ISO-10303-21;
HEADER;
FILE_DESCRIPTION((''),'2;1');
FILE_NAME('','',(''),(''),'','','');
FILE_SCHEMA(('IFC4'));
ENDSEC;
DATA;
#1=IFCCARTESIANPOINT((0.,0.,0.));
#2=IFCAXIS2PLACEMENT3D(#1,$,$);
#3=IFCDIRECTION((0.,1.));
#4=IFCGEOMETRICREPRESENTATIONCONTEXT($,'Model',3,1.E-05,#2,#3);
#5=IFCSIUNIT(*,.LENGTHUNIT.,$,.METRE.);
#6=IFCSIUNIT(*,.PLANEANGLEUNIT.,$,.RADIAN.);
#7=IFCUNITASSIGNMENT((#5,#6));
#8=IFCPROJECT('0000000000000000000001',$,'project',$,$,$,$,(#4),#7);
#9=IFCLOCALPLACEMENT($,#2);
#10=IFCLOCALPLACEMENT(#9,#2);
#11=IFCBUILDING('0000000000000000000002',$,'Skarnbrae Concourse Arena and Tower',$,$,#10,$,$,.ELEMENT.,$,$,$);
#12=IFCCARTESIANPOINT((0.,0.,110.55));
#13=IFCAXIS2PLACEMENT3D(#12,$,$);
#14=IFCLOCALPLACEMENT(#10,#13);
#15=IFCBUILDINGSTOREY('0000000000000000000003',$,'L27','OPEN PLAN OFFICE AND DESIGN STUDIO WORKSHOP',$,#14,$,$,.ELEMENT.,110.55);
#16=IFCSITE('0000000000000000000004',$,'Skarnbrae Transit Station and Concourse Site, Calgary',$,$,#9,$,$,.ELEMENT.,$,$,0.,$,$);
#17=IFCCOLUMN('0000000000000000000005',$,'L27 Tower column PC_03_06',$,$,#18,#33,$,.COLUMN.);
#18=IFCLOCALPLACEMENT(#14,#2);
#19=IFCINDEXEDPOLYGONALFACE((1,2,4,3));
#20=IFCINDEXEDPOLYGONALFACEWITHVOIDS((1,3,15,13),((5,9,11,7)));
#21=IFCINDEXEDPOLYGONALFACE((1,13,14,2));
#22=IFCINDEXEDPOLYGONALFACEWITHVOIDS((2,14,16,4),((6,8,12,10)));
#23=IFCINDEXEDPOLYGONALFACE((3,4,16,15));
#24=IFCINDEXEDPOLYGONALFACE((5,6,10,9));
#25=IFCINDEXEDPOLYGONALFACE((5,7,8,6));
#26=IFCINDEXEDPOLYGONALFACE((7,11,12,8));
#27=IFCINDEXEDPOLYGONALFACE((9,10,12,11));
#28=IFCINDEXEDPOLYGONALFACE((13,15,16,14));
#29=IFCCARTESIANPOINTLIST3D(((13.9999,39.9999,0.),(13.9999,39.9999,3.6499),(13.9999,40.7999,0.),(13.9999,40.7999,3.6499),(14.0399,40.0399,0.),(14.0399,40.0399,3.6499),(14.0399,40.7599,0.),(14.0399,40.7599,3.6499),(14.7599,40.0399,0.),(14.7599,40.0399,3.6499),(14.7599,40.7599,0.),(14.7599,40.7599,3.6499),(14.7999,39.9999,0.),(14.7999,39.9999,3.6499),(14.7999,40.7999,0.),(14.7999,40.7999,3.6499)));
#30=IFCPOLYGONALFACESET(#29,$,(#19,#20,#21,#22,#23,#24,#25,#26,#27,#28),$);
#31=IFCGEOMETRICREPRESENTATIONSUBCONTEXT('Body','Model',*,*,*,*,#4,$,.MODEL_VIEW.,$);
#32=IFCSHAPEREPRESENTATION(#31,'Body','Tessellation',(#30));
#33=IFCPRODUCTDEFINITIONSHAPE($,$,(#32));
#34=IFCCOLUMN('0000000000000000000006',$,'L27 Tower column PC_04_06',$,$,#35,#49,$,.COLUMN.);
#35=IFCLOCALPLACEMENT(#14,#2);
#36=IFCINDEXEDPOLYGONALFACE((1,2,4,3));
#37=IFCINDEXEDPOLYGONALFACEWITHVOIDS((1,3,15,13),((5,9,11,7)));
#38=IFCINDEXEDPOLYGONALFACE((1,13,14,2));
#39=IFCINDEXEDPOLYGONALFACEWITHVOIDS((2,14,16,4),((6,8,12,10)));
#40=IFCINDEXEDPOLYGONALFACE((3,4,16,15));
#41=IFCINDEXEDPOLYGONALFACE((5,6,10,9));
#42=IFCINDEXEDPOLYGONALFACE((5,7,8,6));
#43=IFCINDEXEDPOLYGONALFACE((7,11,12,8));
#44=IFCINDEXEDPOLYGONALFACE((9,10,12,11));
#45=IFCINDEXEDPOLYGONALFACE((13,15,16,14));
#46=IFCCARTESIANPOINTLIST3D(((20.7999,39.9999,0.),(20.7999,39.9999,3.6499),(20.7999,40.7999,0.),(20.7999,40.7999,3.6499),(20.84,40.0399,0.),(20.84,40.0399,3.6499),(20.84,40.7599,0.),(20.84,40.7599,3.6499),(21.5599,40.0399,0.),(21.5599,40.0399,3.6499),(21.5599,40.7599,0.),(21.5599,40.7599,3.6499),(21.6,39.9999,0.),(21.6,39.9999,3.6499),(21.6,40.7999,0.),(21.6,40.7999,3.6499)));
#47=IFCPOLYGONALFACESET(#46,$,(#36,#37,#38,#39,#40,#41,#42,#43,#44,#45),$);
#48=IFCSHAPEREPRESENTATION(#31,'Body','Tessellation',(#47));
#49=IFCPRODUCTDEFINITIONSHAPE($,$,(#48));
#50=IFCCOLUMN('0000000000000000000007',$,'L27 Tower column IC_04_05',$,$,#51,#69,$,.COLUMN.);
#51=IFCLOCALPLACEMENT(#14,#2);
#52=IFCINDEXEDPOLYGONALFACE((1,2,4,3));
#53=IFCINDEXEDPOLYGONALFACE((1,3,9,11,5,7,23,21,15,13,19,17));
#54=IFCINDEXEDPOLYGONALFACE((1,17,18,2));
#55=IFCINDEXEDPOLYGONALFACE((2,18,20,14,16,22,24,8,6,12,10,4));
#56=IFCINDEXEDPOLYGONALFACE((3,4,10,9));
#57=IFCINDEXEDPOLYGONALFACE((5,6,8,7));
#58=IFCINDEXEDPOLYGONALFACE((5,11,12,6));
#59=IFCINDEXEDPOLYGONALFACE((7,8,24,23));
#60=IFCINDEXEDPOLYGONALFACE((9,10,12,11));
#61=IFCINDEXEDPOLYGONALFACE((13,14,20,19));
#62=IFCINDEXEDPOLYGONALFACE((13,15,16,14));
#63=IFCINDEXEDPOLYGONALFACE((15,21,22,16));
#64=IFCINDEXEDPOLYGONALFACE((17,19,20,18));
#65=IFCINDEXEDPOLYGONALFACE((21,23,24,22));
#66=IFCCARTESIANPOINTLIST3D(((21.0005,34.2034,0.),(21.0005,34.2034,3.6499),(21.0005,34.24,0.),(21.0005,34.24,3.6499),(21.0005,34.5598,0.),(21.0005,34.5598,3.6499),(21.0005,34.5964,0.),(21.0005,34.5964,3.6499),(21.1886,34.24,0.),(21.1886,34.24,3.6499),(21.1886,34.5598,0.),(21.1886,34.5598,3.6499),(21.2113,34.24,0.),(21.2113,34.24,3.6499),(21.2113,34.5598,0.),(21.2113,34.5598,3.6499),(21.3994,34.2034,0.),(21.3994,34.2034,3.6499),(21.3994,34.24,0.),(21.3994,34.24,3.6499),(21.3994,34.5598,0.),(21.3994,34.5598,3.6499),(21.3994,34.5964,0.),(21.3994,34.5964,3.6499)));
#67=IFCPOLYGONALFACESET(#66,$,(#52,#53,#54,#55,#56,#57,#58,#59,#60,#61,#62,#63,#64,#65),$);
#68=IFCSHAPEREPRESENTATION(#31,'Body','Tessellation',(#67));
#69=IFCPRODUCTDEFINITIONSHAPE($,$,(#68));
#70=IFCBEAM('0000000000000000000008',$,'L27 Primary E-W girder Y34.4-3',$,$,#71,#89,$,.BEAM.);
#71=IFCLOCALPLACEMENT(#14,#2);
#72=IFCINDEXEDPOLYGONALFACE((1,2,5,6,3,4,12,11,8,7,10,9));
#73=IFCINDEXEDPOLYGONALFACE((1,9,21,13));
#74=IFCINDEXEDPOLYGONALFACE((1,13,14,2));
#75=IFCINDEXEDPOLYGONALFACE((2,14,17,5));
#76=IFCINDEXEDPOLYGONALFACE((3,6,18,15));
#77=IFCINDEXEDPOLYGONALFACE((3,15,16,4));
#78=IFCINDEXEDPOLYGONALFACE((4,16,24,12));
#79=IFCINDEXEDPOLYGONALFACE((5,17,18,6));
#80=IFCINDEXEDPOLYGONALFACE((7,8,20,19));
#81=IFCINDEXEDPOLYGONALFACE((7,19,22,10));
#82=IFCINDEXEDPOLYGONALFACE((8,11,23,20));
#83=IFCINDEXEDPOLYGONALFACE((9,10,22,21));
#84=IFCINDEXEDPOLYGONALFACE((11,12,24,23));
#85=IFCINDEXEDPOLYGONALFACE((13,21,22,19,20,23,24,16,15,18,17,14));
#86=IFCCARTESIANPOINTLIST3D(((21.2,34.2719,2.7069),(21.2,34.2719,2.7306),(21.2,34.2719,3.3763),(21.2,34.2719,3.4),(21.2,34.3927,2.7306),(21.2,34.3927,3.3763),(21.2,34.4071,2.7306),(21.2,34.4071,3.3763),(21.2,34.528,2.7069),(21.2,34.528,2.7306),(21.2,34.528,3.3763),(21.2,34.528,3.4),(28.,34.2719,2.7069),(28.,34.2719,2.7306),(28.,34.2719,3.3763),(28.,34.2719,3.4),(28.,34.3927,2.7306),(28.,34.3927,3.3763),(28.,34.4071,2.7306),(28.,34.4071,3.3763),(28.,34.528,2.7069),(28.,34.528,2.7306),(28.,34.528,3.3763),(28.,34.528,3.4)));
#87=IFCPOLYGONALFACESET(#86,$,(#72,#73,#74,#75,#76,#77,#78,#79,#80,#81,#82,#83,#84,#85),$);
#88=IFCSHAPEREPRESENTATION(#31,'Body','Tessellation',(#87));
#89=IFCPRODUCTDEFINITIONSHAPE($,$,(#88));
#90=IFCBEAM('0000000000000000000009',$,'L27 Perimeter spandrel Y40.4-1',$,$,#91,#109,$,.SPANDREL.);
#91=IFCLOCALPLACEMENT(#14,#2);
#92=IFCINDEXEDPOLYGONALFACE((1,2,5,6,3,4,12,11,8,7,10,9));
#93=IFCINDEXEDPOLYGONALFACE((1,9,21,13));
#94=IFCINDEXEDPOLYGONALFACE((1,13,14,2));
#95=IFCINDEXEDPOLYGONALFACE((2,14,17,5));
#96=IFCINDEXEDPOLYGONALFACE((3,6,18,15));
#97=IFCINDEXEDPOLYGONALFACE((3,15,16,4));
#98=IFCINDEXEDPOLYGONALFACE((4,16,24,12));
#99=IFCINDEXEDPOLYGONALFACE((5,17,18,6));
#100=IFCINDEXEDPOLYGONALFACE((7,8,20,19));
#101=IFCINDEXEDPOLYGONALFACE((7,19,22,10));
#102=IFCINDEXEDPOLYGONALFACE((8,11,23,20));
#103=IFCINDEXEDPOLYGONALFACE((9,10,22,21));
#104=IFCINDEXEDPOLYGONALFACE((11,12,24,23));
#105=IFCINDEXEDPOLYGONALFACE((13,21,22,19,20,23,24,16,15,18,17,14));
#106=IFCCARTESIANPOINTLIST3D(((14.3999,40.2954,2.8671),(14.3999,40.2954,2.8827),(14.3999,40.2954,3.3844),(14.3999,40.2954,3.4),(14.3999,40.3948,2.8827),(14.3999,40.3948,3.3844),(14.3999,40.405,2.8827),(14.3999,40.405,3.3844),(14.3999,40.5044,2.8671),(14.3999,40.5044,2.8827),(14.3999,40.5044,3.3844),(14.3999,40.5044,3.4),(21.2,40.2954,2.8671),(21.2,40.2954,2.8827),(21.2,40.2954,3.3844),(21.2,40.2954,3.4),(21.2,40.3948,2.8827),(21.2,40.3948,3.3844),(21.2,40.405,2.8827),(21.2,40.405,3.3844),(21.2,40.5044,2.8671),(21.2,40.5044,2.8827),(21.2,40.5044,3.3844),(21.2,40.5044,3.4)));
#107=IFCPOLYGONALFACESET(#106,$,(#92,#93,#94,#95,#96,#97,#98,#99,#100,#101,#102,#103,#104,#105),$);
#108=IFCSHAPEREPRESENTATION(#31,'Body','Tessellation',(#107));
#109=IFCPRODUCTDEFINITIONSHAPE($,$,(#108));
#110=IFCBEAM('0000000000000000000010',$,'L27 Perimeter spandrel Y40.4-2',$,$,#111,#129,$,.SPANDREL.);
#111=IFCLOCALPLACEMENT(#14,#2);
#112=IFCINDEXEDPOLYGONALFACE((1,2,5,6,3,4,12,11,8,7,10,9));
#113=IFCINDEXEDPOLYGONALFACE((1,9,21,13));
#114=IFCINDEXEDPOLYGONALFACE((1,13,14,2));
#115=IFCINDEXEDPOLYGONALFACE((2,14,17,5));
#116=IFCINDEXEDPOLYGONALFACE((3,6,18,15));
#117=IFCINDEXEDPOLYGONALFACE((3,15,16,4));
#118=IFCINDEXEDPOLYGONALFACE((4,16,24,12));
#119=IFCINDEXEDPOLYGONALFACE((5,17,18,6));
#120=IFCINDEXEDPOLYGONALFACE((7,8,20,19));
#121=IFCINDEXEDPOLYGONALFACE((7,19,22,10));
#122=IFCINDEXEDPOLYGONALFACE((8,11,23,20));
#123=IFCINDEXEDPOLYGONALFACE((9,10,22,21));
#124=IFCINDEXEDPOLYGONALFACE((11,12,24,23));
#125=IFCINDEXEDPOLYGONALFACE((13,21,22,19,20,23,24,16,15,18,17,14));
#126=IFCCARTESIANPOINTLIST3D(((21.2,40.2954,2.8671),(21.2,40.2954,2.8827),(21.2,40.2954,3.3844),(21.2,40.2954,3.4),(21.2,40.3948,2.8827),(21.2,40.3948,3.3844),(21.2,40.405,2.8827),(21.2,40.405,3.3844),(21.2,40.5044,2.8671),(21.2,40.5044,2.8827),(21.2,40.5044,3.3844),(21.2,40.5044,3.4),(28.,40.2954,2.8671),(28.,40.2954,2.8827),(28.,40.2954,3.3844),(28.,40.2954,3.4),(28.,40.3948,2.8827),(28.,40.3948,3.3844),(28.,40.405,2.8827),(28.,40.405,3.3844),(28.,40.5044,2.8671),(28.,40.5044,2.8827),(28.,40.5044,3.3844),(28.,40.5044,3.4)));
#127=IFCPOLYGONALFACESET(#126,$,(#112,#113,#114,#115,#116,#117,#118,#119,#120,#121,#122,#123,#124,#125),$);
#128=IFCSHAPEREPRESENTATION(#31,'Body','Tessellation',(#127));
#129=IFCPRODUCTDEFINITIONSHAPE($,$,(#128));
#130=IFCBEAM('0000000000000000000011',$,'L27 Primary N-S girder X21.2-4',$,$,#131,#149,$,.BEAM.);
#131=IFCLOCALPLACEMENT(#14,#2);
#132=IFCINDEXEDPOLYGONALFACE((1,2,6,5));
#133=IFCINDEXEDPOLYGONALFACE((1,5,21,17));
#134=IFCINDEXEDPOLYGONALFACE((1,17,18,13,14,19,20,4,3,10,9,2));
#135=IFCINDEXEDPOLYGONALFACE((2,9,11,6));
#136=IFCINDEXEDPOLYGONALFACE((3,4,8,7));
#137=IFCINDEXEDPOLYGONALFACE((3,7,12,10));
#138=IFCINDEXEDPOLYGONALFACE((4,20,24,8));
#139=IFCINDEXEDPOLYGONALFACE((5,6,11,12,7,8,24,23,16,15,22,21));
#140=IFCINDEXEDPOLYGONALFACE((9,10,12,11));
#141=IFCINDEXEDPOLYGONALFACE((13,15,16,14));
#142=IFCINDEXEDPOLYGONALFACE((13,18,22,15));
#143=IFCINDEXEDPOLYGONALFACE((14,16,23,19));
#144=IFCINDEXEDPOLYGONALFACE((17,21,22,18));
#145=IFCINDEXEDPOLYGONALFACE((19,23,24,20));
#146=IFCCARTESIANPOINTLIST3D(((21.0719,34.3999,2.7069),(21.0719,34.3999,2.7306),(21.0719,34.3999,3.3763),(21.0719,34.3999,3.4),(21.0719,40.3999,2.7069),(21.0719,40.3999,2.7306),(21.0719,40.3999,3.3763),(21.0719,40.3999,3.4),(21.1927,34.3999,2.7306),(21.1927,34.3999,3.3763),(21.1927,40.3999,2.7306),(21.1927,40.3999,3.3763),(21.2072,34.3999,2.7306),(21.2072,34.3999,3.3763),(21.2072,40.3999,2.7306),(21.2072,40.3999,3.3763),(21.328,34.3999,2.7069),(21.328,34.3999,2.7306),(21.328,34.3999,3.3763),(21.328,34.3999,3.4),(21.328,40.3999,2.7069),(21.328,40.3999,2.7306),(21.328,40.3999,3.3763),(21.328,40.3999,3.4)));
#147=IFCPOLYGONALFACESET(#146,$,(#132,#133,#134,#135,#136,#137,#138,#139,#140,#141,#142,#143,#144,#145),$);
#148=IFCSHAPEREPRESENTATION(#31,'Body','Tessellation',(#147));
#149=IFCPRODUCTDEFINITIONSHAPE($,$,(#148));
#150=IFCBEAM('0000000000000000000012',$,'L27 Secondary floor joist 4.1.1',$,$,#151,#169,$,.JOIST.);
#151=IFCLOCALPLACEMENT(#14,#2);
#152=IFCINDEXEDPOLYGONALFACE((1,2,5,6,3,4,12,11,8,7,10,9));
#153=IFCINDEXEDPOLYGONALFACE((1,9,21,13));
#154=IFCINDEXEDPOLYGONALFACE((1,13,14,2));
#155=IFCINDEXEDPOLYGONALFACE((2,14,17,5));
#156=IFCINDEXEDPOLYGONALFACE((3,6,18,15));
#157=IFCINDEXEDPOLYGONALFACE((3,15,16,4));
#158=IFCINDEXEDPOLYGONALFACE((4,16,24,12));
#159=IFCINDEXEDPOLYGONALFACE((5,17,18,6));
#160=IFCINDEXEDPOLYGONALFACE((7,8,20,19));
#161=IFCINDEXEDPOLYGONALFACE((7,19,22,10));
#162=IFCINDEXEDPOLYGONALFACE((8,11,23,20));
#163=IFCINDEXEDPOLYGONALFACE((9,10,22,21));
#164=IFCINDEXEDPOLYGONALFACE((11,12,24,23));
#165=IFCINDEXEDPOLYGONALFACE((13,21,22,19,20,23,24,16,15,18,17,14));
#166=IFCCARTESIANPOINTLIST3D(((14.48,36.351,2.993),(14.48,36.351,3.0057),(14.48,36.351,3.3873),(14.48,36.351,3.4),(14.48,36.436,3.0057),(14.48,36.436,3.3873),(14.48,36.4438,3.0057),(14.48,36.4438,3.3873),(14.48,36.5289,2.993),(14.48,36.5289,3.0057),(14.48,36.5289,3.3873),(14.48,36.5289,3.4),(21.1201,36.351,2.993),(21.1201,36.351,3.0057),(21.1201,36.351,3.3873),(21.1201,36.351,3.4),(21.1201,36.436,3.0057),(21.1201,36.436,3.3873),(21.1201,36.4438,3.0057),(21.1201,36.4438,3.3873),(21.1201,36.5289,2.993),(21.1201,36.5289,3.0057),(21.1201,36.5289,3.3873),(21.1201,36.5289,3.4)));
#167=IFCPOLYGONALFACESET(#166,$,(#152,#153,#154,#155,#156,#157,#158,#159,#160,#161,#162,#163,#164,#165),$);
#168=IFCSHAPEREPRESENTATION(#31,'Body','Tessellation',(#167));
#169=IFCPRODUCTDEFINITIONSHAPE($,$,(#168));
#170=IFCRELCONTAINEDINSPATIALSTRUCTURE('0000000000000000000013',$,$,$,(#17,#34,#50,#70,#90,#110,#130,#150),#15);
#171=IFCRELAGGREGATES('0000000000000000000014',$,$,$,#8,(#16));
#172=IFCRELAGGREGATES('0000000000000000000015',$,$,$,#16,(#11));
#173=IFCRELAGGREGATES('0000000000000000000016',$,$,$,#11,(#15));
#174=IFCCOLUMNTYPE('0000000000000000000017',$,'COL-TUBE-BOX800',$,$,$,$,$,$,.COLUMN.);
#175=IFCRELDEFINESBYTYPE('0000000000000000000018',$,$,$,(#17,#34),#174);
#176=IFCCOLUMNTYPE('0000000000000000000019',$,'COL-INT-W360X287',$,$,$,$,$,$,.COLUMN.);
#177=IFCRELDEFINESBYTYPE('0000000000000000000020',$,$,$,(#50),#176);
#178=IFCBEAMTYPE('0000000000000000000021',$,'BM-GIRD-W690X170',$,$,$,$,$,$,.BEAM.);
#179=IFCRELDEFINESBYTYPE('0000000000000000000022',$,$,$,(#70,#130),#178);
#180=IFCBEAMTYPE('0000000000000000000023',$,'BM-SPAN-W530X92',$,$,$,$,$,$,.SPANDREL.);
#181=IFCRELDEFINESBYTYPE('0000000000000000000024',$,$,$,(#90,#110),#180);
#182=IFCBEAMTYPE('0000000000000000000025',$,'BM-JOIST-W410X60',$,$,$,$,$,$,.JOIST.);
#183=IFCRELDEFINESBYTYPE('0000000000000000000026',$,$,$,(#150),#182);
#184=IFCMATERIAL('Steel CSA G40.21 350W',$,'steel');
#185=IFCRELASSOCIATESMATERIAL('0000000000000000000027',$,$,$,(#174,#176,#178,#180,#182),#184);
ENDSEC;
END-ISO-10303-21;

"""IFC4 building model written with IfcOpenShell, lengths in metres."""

from ifc_helpers import new_model, si_unit, direction, frame, origin, origin_2d, place, context, subcontext, project, spatial, hollow_rectangle, i_section, extrude, source, transform, mapped, material, material_profile, profile_set, type_object, element, save


model = new_model("IFC4")

# Units and contexts
model_context = context("Model", 3, precision=1e-05, world=origin(), true_north=direction((0.0, 1.0)))
body_context = subcontext(model_context, "Body", "Model", "MODEL_VIEW")
ifc_project = project(units=[si_unit("LENGTHUNIT", "METRE"), si_unit("PLANEANGLEUNIT", "RADIAN")], contexts=[model_context])

# Site, building, storey
site_placement = place(None, origin())
site = spatial("IfcSite", under=ifc_project, at=site_placement, Name="Skarnbrae Transit Station and Concourse Site, Calgary", CompositionType="ELEMENT", RefElevation=0.0)
building_placement = place(site_placement, origin())
building = spatial("IfcBuilding", under=site, at=building_placement, Name="Skarnbrae Concourse Arena and Tower", CompositionType="ELEMENT")
storey_placement = place(building_placement, frame((0.0, 0.0, 110.55)))
storey = spatial("IfcBuildingStorey", under=building, at=storey_placement, Name="L27", Description="OPEN PLAN OFFICE AND DESIGN STUDIO WORKSHOP", CompositionType="ELEMENT", Elevation=110.55)

# Columns
ifc_material_1 = material(Name="Steel CSA G40.21 350W", Category="steel")
ifc_material_profile_1 = material_profile(ifc_material_1, hollow_rectangle(XDim=0.8, YDim=0.8, WallThickness=0.04, at=origin_2d()), Name="BOX800X800X40")
ifc_profile_set_1 = profile_set([ifc_material_profile_1], Name="Steel CSA G40.21 350W")
column_type_1 = type_object("IfcColumnType", Name="COL-TUBE-BOX800", PredefinedType="COLUMN", material=ifc_profile_set_1)
shared_shape_1 = source(origin(), body_context, "Body", "SweptSolid", [
    extrude(hollow_rectangle(XDim=0.8, YDim=0.8, WallThickness=0.04, at=origin_2d()), origin(), (0.0, 0.0, 1.0), 3.6499),
])
for number, where, z_axis, x_axis, name in (
    (1, (14.3999, 40.3999, 0.0), (0.0, 0.0, 1.0), (1.0, 0.0, 0.0), "L27 Tower column PC_03_06"),
    (2, (21.2, 40.3999, 0.0), (0.0, 0.0, 1.0), (1.0, 0.0, 0.0), "L27 Tower column PC_04_06"),
):
    element("IfcColumn", number, at=place(storey_placement, frame(where, z_axis=z_axis, x_axis=x_axis)), inside=storey, type_object=column_type_1, Name=name, PredefinedType="COLUMN", context=body_context, shape_type="MappedRepresentation", body=[
        mapped(shared_shape_1, transform((0.0, 0.0, 0.0))),
    ])
ifc_material_profile_2 = material_profile(ifc_material_1, i_section(OverallWidth=0.3989, OverallDepth=0.3931, WebThickness=0.0227, FlangeThickness=0.0366, at=origin_2d()), Name="W360X287")
ifc_profile_set_2 = profile_set([ifc_material_profile_2], Name="Steel CSA G40.21 350W")
column_type_2 = type_object("IfcColumnType", Name="COL-INT-W360X287", PredefinedType="COLUMN", material=ifc_profile_set_2)
shared_shape_2 = source(origin(), body_context, "Body", "SweptSolid", [
    extrude(i_section(OverallWidth=0.3989, OverallDepth=0.3931, WebThickness=0.0227, FlangeThickness=0.0366, at=origin_2d()), origin(), (0.0, 0.0, 1.0), 3.6499),
])
column_placement = place(storey_placement, frame((21.2, 34.3999, 0.0), z_axis=(0.0, 0.0, 1.0), x_axis=(1.0, 0.0, 0.0)))
element("IfcColumn", 3, at=column_placement, inside=storey, type_object=column_type_2, Name="L27 Tower column IC_04_05", PredefinedType="COLUMN", context=body_context, shape_type="MappedRepresentation", body=[
    mapped(shared_shape_2, transform((0.0, 0.0, 0.0))),
])

# Beams
ifc_material_profile_3 = material_profile(ifc_material_1, i_section(OverallWidth=0.2561, OverallDepth=0.6931, WebThickness=0.0144, FlangeThickness=0.0237, at=origin_2d()), Name="W690X170")
ifc_profile_set_3 = profile_set([ifc_material_profile_3], Name="Steel CSA G40.21 350W")
beam_type_1 = type_object("IfcBeamType", Name="BM-GIRD-W690X170", PredefinedType="BEAM", material=ifc_profile_set_3)
shared_shape_3 = source(origin(), body_context, "Body", "SweptSolid", [
    extrude(i_section(OverallWidth=0.2561, OverallDepth=0.6931, WebThickness=0.0144, FlangeThickness=0.0237, at=origin_2d()), origin(), (0.0, 0.0, 1.0), 6.8),
])
beam_1_placement = place(storey_placement, frame((21.2, 34.3999, 3.0535), z_axis=(1.0, 0.0, 0.0), x_axis=(0.0, 1.0, 0.0)))
element("IfcBeam", 4, at=beam_1_placement, inside=storey, type_object=beam_type_1, Name="L27 Primary E-W girder Y34.4-3", PredefinedType="BEAM", context=body_context, shape_type="MappedRepresentation", body=[
    mapped(shared_shape_3, transform((0.0, 0.0, 0.0))),
])
ifc_material_profile_4 = material_profile(ifc_material_1, i_section(OverallWidth=0.209, OverallDepth=0.533, WebThickness=0.0103, FlangeThickness=0.0156, at=origin_2d()), Name="W530X92")
ifc_profile_set_4 = profile_set([ifc_material_profile_4], Name="Steel CSA G40.21 350W")
beam_type_2 = type_object("IfcBeamType", Name="BM-SPAN-W530X92", PredefinedType="SPANDREL", material=ifc_profile_set_4)
shared_shape_4 = source(origin(), body_context, "Body", "SweptSolid", [
    extrude(i_section(OverallWidth=0.209, OverallDepth=0.533, WebThickness=0.0103, FlangeThickness=0.0156, at=origin_2d()), origin(), (0.0, 0.0, 1.0), 6.8),
])
for number, where, z_axis, x_axis, name in (
    (5, (14.3999, 40.3999, 3.1335), (1.0, 0.0, 0.0), (0.0, 1.0, 0.0), "L27 Perimeter spandrel Y40.4-1"),
    (6, (21.2, 40.3999, 3.1335), (1.0, 0.0, 0.0), (0.0, 1.0, 0.0), "L27 Perimeter spandrel Y40.4-2"),
):
    element("IfcBeam", number, at=place(storey_placement, frame(where, z_axis=z_axis, x_axis=x_axis)), inside=storey, type_object=beam_type_2, Name=name, PredefinedType="SPANDREL", context=body_context, shape_type="MappedRepresentation", body=[
        mapped(shared_shape_4, transform((0.0, 0.0, 0.0))),
    ])
shared_shape_5 = source(origin(), body_context, "Body", "SweptSolid", [
    extrude(i_section(OverallWidth=0.2561, OverallDepth=0.6931, WebThickness=0.0144, FlangeThickness=0.0237, at=origin_2d()), origin(), (0.0, 0.0, 1.0), 6.0),
])
beam_2_placement = place(storey_placement, frame((21.2, 34.3999, 3.0535), z_axis=(0.0, 1.0, 0.0), x_axis=(-1.0, 0.0, 0.0)))
element("IfcBeam", 7, at=beam_2_placement, inside=storey, type_object=beam_type_1, Name="L27 Primary N-S girder X21.2-4", PredefinedType="BEAM", context=body_context, shape_type="MappedRepresentation", body=[
    mapped(shared_shape_5, transform((0.0, 0.0, 0.0))),
])
ifc_material_profile_5 = material_profile(ifc_material_1, i_section(OverallWidth=0.178, OverallDepth=0.407, WebThickness=0.0078, FlangeThickness=0.0127, at=origin_2d()), Name="W410X60")
ifc_profile_set_5 = profile_set([ifc_material_profile_5], Name="Steel CSA G40.21 350W")
beam_type_3 = type_object("IfcBeamType", Name="BM-JOIST-W410X60", PredefinedType="JOIST", material=ifc_profile_set_5)
shared_shape_6 = source(origin(), body_context, "Body", "SweptSolid", [
    extrude(i_section(OverallWidth=0.178, OverallDepth=0.407, WebThickness=0.0078, FlangeThickness=0.0127, at=origin_2d()), origin(), (0.0, 0.0, 1.0), 6.6401),
])
for number, where, z_axis, x_axis, name in (
    (8, (14.48, 36.4399, 3.1965), (1.0, 0.0, 0.0), (0.0, 1.0, 0.0), "L27 Secondary floor joist 4.1.1"),
):
    element("IfcBeam", number, at=place(storey_placement, frame(where, z_axis=z_axis, x_axis=x_axis)), inside=storey, type_object=beam_type_3, Name=name, PredefinedType="JOIST", context=body_context, shape_type="MappedRepresentation", body=[
        mapped(shared_shape_6, transform((0.0, 0.0, 0.0))),
    ])

save(model, "model.ifc")
